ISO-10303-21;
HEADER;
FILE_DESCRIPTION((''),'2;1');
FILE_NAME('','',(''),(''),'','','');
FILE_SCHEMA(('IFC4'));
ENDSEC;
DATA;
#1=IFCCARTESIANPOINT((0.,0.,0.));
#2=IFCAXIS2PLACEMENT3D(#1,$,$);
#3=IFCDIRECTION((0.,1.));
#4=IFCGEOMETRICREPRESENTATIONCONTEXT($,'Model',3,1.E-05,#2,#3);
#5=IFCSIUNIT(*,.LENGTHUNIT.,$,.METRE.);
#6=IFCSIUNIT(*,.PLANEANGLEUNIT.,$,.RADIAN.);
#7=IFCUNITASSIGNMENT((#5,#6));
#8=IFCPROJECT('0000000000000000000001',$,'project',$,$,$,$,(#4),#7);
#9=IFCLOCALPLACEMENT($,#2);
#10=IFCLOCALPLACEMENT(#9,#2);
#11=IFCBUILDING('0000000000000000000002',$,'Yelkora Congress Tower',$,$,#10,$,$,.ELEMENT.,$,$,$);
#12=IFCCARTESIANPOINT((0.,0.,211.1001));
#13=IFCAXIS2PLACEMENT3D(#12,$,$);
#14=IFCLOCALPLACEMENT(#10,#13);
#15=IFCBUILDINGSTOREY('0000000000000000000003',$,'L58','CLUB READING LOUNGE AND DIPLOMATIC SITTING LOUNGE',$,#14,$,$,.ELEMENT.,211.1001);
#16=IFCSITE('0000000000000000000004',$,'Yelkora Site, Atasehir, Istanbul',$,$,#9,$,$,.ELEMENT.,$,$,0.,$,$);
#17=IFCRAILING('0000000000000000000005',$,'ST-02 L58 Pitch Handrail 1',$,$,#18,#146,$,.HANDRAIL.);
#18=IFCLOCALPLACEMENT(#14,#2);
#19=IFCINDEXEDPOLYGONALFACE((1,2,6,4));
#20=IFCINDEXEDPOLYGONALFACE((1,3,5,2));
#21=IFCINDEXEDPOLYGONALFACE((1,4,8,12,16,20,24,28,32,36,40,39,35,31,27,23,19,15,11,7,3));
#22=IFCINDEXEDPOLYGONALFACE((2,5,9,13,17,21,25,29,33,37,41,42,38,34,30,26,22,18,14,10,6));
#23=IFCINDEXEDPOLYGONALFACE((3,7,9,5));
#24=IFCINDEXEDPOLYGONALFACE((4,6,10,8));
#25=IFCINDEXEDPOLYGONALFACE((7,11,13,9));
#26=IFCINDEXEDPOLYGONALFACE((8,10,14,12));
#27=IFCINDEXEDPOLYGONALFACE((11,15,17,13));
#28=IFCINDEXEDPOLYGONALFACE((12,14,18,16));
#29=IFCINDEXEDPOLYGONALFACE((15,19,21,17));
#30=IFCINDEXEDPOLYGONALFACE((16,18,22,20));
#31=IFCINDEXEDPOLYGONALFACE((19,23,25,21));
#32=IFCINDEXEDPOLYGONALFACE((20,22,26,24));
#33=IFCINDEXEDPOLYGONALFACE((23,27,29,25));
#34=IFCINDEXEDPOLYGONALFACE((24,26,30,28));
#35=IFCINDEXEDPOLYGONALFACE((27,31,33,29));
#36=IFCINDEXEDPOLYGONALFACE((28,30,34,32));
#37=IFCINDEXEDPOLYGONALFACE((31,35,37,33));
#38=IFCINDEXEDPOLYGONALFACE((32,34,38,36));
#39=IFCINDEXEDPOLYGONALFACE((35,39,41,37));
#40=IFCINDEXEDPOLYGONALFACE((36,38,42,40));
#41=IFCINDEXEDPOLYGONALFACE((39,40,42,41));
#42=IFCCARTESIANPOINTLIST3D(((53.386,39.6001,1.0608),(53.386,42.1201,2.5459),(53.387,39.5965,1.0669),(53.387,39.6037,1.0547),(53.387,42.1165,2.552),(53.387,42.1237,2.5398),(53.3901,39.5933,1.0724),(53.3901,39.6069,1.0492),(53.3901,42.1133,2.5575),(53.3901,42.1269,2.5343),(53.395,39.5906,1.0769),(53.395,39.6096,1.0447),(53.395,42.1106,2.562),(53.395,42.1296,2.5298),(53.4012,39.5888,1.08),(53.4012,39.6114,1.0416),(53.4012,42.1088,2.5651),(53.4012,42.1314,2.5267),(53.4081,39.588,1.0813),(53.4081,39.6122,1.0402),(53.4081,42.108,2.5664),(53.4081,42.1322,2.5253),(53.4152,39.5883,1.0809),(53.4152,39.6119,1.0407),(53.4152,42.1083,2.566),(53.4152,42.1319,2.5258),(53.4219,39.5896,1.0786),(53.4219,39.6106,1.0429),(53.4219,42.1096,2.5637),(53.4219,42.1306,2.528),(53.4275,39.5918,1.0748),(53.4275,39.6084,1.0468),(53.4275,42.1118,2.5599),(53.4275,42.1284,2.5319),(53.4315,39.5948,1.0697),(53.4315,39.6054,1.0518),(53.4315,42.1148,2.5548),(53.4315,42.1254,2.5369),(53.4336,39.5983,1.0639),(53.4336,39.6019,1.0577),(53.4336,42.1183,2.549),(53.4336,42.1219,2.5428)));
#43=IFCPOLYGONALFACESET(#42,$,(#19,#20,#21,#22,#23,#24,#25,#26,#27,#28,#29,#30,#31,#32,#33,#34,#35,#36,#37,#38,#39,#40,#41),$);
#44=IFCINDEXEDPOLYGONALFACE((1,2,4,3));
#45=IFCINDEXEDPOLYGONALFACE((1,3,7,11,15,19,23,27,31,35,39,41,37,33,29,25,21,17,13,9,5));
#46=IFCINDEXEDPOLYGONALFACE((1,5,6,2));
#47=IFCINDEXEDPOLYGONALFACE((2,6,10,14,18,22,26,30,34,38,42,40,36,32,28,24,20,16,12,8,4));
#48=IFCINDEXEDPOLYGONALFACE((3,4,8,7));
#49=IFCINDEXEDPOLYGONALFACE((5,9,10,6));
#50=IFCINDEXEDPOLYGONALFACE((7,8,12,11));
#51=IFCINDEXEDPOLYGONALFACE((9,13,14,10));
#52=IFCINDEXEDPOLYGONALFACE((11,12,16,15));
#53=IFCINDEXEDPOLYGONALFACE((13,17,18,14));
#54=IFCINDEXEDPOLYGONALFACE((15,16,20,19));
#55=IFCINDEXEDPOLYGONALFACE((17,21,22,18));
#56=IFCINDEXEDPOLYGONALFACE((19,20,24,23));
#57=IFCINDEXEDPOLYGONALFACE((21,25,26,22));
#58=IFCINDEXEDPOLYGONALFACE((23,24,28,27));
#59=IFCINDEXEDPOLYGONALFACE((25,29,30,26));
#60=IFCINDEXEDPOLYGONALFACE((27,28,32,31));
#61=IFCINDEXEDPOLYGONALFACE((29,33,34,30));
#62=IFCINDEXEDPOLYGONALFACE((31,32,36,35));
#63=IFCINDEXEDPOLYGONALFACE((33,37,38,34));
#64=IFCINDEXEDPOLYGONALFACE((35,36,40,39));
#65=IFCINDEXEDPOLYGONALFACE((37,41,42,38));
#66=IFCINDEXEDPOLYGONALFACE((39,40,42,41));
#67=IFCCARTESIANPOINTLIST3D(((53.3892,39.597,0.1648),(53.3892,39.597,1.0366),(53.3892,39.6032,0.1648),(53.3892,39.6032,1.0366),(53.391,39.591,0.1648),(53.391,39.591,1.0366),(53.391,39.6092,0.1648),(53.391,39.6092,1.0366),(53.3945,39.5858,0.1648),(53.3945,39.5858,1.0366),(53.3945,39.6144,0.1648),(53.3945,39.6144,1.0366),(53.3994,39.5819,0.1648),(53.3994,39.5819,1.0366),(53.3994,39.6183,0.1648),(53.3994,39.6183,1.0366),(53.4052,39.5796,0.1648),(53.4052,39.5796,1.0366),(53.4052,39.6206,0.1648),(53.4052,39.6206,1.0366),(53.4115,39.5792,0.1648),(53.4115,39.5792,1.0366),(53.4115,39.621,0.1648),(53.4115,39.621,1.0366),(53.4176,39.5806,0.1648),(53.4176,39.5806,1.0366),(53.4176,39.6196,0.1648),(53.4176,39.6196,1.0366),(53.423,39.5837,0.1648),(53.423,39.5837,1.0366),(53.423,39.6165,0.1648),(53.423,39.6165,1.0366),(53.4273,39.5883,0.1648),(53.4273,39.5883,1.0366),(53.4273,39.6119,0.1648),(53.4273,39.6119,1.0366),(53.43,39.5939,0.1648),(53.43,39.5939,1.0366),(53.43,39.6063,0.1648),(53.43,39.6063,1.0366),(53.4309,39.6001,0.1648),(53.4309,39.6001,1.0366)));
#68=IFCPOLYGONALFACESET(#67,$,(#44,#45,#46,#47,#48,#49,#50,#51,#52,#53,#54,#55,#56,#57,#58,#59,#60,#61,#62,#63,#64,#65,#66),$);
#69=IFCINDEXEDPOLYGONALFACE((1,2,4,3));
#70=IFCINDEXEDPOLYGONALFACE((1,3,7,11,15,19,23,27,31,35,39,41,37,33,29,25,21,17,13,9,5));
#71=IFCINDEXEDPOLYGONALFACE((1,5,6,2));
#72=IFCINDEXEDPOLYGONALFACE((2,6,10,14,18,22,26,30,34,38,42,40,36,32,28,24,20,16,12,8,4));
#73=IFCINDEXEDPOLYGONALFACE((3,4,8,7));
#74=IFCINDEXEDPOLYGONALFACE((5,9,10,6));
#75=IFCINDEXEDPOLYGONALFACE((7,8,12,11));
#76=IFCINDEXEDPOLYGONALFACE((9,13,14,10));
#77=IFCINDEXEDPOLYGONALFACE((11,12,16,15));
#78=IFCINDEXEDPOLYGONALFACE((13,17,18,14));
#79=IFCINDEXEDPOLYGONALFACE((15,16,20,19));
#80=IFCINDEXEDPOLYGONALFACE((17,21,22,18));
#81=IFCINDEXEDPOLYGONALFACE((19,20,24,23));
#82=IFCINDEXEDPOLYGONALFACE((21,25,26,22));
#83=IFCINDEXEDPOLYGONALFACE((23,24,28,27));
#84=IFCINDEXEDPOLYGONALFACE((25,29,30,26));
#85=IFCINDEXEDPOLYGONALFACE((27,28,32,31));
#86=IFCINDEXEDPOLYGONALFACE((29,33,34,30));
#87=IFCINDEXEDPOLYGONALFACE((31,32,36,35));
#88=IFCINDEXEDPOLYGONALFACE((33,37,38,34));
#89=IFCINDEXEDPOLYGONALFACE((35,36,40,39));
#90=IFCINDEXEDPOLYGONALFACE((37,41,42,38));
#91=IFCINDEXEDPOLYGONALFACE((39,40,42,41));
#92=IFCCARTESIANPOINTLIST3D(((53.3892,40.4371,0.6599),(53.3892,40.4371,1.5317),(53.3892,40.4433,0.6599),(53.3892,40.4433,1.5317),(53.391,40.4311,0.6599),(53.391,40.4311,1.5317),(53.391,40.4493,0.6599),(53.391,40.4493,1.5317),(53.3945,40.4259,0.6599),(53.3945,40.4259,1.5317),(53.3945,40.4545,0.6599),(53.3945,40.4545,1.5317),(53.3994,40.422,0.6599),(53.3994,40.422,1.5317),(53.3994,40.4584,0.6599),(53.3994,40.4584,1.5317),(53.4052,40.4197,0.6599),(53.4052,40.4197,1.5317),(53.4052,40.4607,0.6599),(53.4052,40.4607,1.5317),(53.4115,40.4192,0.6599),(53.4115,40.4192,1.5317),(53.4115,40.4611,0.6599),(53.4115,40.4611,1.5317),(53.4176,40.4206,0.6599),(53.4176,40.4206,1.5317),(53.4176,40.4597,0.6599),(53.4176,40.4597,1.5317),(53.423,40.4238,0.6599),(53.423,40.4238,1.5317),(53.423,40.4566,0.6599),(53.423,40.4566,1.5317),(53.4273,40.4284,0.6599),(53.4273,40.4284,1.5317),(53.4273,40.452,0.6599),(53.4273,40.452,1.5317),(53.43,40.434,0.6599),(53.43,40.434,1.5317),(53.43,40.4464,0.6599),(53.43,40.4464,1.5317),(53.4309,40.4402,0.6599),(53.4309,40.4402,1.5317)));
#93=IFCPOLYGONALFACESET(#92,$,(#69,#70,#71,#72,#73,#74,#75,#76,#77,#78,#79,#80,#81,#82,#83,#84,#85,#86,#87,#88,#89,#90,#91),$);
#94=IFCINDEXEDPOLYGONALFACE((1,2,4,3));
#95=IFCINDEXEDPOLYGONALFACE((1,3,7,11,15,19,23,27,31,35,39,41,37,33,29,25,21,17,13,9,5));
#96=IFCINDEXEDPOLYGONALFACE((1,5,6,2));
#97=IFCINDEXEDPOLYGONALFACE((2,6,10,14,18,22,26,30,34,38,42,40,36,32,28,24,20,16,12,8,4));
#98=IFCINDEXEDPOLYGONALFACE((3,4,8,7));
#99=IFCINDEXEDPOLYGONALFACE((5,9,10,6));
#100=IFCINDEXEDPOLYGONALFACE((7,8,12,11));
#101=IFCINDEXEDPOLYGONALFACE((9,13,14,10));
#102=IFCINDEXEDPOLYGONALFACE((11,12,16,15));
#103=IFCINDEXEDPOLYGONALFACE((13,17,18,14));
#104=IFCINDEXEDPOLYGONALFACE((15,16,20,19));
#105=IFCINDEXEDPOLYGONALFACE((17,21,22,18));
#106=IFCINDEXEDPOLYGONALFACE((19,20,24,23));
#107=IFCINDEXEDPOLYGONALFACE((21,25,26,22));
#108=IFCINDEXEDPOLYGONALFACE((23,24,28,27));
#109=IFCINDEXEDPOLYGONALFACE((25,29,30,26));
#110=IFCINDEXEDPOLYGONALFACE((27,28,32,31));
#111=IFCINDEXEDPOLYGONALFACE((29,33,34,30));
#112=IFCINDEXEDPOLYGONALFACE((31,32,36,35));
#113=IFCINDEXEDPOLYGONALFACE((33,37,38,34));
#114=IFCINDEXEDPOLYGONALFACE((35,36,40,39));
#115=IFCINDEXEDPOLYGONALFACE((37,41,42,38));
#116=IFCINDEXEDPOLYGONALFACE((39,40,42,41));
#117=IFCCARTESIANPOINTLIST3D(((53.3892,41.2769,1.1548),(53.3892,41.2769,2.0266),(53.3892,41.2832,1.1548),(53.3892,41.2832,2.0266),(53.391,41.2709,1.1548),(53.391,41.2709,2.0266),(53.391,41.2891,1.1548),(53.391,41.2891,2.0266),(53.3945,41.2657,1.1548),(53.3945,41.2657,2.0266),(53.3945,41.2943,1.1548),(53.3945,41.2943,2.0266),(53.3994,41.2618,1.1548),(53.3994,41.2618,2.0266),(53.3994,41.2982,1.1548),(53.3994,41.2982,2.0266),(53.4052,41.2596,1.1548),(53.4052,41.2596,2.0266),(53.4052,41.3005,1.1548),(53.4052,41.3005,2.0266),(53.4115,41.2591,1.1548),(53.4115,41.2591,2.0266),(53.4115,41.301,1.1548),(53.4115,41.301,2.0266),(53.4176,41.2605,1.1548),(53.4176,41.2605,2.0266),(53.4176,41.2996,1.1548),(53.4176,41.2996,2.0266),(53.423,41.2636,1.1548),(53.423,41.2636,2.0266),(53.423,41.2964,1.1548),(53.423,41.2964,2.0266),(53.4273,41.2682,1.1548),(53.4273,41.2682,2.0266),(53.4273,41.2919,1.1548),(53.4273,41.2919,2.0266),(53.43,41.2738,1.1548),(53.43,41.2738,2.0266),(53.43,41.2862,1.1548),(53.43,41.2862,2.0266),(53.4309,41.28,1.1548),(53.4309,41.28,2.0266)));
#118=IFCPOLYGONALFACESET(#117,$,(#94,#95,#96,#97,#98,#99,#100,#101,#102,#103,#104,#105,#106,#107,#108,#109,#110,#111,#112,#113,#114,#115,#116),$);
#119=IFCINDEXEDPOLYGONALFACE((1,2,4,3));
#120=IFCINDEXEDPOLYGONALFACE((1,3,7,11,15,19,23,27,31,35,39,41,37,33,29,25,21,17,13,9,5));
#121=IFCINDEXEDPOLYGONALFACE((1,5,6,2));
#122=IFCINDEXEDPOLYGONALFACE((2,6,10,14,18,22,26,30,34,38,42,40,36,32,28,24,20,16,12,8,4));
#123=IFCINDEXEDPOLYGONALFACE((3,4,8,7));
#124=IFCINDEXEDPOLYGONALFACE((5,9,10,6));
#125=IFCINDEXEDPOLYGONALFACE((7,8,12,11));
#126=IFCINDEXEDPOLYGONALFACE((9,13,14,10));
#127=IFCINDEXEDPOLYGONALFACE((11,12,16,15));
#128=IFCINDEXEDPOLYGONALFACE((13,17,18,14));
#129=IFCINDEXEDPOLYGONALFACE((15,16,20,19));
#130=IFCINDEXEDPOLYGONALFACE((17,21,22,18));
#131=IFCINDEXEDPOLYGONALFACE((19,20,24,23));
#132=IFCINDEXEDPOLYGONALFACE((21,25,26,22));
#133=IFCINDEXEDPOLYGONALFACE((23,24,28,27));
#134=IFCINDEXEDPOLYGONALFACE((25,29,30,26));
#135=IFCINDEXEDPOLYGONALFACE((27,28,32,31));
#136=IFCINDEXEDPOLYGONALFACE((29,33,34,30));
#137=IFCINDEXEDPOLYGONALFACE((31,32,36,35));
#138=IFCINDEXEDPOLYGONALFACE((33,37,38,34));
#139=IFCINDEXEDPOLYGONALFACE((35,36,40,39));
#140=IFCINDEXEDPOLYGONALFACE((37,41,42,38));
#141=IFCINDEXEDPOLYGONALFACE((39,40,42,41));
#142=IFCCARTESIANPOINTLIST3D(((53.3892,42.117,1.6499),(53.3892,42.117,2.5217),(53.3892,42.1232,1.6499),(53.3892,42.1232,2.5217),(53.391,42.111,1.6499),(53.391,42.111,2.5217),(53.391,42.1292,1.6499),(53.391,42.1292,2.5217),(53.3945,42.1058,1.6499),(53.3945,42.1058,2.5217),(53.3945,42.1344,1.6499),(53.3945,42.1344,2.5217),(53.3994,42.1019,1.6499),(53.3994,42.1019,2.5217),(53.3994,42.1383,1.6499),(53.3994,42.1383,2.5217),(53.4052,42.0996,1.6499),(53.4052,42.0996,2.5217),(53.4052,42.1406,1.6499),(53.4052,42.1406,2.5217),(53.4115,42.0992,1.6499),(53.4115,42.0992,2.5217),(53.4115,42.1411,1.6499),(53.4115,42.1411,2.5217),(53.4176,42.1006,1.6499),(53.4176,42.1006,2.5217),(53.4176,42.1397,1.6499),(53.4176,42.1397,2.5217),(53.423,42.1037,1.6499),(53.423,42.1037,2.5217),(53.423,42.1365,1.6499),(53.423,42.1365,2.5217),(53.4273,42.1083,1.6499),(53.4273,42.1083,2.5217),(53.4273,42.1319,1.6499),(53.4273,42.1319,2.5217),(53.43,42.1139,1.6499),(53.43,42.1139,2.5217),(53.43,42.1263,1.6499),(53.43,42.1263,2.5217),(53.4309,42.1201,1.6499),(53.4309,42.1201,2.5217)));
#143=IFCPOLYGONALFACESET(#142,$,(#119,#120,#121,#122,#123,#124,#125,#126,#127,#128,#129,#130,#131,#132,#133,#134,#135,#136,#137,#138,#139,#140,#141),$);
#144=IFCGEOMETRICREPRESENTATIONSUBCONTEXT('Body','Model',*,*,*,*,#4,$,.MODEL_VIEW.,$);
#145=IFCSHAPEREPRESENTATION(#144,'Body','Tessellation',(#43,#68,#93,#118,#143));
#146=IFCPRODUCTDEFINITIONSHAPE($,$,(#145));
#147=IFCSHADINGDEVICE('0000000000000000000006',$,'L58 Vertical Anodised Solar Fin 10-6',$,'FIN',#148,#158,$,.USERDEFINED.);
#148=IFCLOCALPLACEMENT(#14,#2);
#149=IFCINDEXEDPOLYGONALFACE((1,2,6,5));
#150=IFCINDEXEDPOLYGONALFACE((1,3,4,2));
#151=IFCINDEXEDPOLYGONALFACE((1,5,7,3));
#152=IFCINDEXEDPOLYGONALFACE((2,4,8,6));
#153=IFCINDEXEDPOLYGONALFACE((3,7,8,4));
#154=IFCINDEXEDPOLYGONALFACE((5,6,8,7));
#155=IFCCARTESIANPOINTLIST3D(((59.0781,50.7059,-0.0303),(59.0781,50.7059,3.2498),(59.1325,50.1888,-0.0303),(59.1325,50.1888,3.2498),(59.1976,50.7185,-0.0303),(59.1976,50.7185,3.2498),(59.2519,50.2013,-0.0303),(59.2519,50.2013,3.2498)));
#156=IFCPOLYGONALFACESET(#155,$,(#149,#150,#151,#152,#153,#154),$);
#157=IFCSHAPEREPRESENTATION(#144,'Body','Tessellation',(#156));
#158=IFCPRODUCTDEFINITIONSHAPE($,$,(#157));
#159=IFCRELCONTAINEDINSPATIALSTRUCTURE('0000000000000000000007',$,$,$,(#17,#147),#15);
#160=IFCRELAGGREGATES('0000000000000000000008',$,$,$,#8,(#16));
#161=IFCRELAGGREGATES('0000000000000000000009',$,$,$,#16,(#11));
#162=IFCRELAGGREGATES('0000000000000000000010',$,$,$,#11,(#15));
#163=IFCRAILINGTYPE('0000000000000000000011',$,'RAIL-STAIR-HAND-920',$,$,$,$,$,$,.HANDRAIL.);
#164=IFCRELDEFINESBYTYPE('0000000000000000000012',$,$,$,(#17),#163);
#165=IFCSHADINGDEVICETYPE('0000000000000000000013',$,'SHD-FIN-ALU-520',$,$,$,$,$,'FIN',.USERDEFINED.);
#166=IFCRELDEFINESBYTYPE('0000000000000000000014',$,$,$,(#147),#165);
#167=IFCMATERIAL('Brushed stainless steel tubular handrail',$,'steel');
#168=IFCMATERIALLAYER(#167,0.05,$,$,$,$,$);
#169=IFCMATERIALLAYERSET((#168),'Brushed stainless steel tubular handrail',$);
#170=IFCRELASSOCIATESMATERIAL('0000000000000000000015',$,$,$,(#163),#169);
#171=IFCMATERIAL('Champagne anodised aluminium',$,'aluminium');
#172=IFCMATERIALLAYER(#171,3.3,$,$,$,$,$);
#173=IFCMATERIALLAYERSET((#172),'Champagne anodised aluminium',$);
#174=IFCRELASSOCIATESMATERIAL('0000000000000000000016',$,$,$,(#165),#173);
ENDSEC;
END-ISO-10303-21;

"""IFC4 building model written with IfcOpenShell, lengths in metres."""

from ifc_helpers import new_model, si_unit, direction, frame, origin, origin_2d, place, context, subcontext, project, spatial, rectangle, circle, extrude, material, layer, layer_set, type_object, element, save


model = new_model("IFC4")

# Units and contexts
model_context = context("Model", 3, precision=1e-05, world=origin(), true_north=direction((0.0, 1.0)))
body_context = subcontext(model_context, "Body", "Model", "MODEL_VIEW")
ifc_project = project(units=[si_unit("LENGTHUNIT", "METRE"), si_unit("PLANEANGLEUNIT", "RADIAN")], contexts=[model_context])

# Site, building, storey
site_placement = place(None, origin())
site = spatial("IfcSite", under=ifc_project, at=site_placement, Name="Yelkora Site, Atasehir, Istanbul", CompositionType="ELEMENT", RefElevation=0.0)
building_placement = place(site_placement, origin())
building = spatial("IfcBuilding", under=site, at=building_placement, Name="Yelkora Congress Tower", CompositionType="ELEMENT")
storey_placement = place(building_placement, frame((0.0, 0.0, 211.1001)))
storey = spatial("IfcBuildingStorey", under=building, at=storey_placement, Name="L58", Description="CLUB READING LOUNGE AND DIPLOMATIC SITTING LOUNGE", CompositionType="ELEMENT", Elevation=211.1001)

# Railing
ifc_material_1 = material(Name="Brushed stainless steel tubular handrail", Category="steel")
ifc_layer_1 = layer(ifc_material_1, 0.05)
ifc_layer_set_1 = layer_set([ifc_layer_1], Name="Brushed stainless steel tubular handrail")
railing_type_1 = type_object("IfcRailingType", Name="RAIL-STAIR-HAND-920", PredefinedType="HANDRAIL", material=ifc_layer_set_1)
railing_1_placement = place(storey_placement, frame((53.4099, 39.6001, 0.1648)))
element("IfcRailing", 1, at=railing_1_placement, inside=storey, type_object=railing_type_1, Name="ST-02 L58 Pitch Handrail 1", PredefinedType="HANDRAIL", context=body_context, shape_type="SweptSolid", body=[
    extrude(circle(Radius=0.0239, at=origin_2d()), frame((0.0, 0.0, 0.896), z_axis=(0.0, 0.861524, 0.507717), x_axis=(-1.0, 0.0, 0.0)), (0.0, 0.0, 1.0), 2.925),
    extrude(circle(Radius=0.021, at=origin_2d()), origin(), (0.0, 0.0, 1.0), 0.8718),
    extrude(circle(Radius=0.021, at=origin_2d()), frame((0.0, 0.8401, 0.4951)), (0.0, 0.0, 1.0), 0.8718),
    extrude(circle(Radius=0.021, at=origin_2d()), frame((0.0, 1.6799, 0.99)), (0.0, 0.0, 1.0), 0.8718),
    extrude(circle(Radius=0.021, at=origin_2d()), frame((0.0, 2.52, 1.4851)), (0.0, 0.0, 1.0), 0.8718),
])

# Shading device
ifc_material_2 = material(Name="Champagne anodised aluminium", Category="aluminium")
ifc_layer_2 = layer(ifc_material_2, 3.3)
ifc_layer_set_2 = layer_set([ifc_layer_2], Name="Champagne anodised aluminium")
shading_device_type = type_object("IfcShadingDeviceType", Name="SHD-FIN-ALU-520", ElementType="FIN", PredefinedType="USERDEFINED", material=ifc_layer_set_2)
shading_device_placement = place(storey_placement, frame((59.165, 50.4536, -0.0303), z_axis=(0.0, 0.0, 1.0), x_axis=(0.994522, 0.104528, 0.0)))
element("IfcShadingDevice", 2, at=shading_device_placement, inside=storey, type_object=shading_device_type, Name="L58 Vertical Anodised Solar Fin 10-6", ObjectType="FIN", PredefinedType="USERDEFINED", context=body_context, shape_type="SweptSolid", body=[
    extrude(rectangle(XDim=0.1201, YDim=0.52, at=origin_2d()), origin(), (0.0, 0.0, 1.0), 3.28),
])

save(model, "model.ifc")
